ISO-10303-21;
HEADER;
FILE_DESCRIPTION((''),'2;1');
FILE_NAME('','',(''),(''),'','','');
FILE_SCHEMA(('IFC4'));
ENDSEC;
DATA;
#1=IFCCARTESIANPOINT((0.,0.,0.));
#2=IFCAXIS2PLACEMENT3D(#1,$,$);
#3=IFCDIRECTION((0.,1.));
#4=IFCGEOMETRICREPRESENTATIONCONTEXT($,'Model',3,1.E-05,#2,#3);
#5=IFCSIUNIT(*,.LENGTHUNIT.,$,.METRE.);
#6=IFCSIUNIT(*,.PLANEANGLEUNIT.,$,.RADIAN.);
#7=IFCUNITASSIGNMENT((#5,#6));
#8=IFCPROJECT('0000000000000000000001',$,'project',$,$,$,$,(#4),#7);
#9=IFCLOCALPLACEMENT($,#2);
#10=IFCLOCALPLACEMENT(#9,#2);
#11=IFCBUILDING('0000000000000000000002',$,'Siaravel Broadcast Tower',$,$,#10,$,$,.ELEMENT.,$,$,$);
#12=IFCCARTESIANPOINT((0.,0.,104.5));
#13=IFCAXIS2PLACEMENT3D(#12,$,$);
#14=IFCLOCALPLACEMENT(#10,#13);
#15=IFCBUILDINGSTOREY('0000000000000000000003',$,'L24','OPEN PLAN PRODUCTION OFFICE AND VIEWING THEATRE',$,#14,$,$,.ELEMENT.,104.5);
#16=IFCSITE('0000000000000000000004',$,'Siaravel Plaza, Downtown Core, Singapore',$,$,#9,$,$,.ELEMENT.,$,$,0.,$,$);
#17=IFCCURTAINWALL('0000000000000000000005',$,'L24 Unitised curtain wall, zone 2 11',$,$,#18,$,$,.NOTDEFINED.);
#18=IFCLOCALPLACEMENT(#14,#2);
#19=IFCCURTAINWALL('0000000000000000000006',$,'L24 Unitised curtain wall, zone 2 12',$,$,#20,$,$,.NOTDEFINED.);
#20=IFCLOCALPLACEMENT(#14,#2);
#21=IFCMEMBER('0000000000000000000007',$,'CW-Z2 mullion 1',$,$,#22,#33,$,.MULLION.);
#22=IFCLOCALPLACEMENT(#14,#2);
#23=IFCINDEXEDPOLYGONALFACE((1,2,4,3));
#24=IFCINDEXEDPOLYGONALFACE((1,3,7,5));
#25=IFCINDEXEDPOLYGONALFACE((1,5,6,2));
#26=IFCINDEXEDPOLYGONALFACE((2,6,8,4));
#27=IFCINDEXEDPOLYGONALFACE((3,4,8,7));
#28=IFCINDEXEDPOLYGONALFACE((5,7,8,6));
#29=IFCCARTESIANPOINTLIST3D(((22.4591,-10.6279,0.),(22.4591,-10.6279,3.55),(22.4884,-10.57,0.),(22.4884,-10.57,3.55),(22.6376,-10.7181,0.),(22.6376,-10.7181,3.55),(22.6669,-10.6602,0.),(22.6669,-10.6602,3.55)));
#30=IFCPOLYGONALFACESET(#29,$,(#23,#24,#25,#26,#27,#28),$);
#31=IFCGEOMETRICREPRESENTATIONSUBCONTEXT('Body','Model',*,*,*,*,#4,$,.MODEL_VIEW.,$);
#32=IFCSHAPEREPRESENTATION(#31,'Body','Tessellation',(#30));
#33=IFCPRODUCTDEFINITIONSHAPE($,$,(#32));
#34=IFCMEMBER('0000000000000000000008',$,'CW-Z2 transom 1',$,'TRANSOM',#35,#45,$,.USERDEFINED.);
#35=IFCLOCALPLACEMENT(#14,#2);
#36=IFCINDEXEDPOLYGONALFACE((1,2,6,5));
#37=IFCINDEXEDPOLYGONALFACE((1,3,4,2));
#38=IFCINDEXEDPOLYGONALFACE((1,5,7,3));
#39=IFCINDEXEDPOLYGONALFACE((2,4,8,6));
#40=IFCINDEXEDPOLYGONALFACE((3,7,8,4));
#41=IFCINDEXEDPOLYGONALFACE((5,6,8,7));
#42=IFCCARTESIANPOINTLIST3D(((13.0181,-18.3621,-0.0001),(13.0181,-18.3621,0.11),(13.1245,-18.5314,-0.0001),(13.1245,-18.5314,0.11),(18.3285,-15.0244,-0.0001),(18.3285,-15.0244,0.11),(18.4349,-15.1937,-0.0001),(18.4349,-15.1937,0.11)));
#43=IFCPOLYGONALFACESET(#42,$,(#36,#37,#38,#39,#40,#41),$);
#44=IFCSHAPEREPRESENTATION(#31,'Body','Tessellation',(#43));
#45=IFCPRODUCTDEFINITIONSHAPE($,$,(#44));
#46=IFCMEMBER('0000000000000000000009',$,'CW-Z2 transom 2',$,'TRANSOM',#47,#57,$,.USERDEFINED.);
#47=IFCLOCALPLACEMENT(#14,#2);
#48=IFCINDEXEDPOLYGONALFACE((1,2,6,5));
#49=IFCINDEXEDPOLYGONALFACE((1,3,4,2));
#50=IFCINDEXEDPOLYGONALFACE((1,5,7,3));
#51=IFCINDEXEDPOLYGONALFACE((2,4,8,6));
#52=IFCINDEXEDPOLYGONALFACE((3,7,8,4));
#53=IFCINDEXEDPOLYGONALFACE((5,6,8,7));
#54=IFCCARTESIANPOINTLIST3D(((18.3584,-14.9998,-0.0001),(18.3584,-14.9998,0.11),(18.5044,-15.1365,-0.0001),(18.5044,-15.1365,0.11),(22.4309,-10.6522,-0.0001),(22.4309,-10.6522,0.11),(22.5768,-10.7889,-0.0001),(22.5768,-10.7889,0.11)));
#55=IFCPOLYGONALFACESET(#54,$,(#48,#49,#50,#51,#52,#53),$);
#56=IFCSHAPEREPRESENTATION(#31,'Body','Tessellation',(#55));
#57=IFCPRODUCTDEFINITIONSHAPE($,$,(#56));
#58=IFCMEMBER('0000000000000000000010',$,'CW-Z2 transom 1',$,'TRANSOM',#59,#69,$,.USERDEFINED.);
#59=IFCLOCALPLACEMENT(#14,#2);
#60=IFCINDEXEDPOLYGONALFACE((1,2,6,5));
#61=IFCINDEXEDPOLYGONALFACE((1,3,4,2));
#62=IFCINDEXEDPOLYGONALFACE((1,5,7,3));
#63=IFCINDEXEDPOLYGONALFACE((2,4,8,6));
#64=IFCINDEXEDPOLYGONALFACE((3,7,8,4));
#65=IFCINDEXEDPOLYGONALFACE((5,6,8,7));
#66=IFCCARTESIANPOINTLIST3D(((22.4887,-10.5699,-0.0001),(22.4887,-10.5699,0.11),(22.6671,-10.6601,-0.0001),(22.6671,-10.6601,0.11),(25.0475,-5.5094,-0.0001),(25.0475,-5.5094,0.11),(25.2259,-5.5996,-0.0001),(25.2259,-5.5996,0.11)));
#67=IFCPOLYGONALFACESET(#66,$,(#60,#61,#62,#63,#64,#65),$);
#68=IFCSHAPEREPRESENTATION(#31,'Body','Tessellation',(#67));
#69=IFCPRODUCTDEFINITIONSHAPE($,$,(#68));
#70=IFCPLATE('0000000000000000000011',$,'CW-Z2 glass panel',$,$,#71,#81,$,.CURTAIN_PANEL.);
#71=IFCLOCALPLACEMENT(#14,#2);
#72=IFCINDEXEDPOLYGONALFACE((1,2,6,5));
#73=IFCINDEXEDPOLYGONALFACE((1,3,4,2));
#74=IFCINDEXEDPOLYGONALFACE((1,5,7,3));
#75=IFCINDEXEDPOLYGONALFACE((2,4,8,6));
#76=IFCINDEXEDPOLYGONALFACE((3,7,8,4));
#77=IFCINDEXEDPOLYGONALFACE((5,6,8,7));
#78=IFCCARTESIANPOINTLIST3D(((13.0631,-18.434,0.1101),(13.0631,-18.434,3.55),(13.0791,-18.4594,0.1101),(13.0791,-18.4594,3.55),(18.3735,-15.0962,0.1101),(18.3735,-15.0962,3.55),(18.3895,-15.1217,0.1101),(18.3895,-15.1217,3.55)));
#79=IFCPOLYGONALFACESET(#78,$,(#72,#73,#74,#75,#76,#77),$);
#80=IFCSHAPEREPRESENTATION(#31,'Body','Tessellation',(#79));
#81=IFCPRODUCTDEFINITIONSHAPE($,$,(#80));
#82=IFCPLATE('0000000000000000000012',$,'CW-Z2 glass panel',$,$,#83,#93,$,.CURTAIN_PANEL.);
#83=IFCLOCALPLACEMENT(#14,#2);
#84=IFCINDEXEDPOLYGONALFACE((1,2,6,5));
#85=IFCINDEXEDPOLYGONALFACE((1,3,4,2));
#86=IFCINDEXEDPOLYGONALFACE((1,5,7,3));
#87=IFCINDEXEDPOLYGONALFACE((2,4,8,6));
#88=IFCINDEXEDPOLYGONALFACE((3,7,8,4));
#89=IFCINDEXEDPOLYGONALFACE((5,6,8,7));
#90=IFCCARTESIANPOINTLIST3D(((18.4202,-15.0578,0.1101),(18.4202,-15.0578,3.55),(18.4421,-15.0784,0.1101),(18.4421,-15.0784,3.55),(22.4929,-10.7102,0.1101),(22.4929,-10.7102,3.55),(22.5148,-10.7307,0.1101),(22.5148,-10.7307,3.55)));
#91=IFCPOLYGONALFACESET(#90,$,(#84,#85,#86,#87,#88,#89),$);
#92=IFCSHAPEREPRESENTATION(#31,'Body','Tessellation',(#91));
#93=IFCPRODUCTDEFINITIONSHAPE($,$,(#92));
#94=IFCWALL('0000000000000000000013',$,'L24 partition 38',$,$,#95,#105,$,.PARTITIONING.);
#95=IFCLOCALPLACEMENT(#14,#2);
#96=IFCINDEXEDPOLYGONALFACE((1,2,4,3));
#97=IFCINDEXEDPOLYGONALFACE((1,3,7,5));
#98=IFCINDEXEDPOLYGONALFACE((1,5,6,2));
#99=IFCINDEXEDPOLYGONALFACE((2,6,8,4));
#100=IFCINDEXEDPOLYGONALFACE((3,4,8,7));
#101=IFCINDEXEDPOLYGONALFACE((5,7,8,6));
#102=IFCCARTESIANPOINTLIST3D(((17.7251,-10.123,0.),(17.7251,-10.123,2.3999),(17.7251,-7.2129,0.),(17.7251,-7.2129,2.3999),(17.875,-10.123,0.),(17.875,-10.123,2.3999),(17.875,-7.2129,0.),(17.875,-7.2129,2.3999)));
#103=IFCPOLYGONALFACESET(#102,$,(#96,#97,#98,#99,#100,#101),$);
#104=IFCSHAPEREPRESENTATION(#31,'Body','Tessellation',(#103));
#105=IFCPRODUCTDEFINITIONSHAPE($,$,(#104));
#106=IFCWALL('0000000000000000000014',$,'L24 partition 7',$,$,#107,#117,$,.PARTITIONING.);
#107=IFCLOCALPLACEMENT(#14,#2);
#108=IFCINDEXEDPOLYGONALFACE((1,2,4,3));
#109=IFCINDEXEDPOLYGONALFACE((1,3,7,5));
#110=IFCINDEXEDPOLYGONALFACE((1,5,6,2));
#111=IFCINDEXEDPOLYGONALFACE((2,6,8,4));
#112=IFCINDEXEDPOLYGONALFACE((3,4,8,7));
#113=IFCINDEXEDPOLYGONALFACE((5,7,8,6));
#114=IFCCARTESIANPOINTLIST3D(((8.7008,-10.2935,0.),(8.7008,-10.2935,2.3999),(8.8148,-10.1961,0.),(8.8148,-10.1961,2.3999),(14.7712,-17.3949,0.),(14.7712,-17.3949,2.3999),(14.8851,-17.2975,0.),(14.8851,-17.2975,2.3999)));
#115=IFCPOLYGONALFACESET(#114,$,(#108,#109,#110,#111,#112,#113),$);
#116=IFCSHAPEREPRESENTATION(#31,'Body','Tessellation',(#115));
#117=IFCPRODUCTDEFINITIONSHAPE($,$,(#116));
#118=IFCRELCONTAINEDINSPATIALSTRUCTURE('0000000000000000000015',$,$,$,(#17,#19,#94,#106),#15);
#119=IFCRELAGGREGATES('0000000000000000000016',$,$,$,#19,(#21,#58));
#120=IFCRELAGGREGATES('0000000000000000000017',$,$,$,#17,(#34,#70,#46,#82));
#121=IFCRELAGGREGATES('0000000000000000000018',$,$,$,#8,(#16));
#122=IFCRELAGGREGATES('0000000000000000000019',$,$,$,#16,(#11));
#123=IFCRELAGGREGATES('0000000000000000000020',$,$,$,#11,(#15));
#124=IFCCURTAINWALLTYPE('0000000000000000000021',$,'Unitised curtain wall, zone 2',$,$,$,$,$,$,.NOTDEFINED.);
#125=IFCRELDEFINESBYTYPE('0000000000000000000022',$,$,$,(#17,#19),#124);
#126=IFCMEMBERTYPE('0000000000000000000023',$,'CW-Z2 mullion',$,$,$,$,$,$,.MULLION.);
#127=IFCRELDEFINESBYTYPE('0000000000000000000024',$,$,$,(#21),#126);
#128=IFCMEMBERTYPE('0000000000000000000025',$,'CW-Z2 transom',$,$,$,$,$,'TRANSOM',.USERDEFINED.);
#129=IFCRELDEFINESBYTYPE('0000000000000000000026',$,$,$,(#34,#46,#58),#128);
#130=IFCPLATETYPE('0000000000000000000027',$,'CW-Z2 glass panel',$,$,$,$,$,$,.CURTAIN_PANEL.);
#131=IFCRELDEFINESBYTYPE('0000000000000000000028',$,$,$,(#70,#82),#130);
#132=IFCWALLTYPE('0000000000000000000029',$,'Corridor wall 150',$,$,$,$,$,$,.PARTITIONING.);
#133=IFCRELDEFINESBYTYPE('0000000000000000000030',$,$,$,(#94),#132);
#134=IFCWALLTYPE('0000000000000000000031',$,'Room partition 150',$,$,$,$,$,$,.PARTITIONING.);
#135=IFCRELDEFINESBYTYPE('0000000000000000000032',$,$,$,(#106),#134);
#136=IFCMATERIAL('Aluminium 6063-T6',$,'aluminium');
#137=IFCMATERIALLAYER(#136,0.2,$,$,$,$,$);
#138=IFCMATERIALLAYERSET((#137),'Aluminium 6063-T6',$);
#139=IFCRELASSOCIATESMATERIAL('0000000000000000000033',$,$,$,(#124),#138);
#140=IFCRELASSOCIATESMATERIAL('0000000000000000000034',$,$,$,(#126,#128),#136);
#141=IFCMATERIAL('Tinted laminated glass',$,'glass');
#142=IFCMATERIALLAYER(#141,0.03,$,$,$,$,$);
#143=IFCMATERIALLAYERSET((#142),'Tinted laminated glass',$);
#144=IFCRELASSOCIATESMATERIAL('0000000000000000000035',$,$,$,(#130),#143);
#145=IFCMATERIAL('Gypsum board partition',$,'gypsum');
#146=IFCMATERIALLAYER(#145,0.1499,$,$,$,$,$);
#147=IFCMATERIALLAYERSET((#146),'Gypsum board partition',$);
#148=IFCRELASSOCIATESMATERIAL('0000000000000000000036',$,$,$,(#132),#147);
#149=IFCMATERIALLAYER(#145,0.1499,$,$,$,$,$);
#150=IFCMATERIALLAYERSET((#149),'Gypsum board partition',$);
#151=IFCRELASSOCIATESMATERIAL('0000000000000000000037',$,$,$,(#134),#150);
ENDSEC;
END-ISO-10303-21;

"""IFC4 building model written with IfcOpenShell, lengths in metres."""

from ifc_helpers import new_model, si_unit, direction, frame, frame_2d, origin, origin_2d, place, context, subcontext, project, spatial, rectangle, extrude, material, layer, layer_set, material_profile, profile_set, type_object, element, aggregate, save


model = new_model("IFC4")

# Units and contexts
model_context = context("Model", 3, precision=1e-05, world=origin(), true_north=direction((0.0, 1.0)))
body_context = subcontext(model_context, "Body", "Model", "MODEL_VIEW")
ifc_project = project(units=[si_unit("LENGTHUNIT", "METRE"), si_unit("PLANEANGLEUNIT", "RADIAN")], contexts=[model_context])

# Site, building, storey
site_placement = place(None, origin())
site = spatial("IfcSite", under=ifc_project, at=site_placement, Name="Siaravel Plaza, Downtown Core, Singapore", CompositionType="ELEMENT", RefElevation=0.0)
building_placement = place(site_placement, origin())
building = spatial("IfcBuilding", under=site, at=building_placement, Name="Siaravel Broadcast Tower", CompositionType="ELEMENT")
storey_placement = place(building_placement, frame((0.0, 0.0, 104.5)))
storey = spatial("IfcBuildingStorey", under=building, at=storey_placement, Name="L24", Description="OPEN PLAN PRODUCTION OFFICE AND VIEWING THEATRE", CompositionType="ELEMENT", Elevation=104.5)

# Shared definitions
ifc_material_1 = material(Name="Aluminium 6063-T6", Category="aluminium")
ifc_layer_1 = layer(ifc_material_1, 0.2)
ifc_layer_set_1 = layer_set([ifc_layer_1], Name="Aluminium 6063-T6")
curtain_wall_type = type_object("IfcCurtainWallType", Name="Unitised curtain wall, zone 2", PredefinedType="NOTDEFINED", material=ifc_layer_set_1)
ifc_material_profile_1 = material_profile(ifc_material_1, rectangle(XDim=0.2, YDim=0.0649, at=origin_2d()))
ifc_profile_set_1 = profile_set([ifc_material_profile_1], Name="Aluminium 6063-T6")
member_type_1 = type_object("IfcMemberType", Name="CW-Z2 mullion", PredefinedType="MULLION", material=ifc_profile_set_1)

# Curtain wall
curtain_wall_1_placement = place(storey_placement, origin())
curtain_wall_1 = element("IfcCurtainWall", 1, at=curtain_wall_1_placement, inside=storey, type_object=curtain_wall_type, Name="L24 Unitised curtain wall, zone 2 11", PredefinedType="NOTDEFINED")

# Curtain wall, member
curtain_wall_2_placement = place(storey_placement, origin())
curtain_wall_2 = element("IfcCurtainWall", 2, at=curtain_wall_2_placement, inside=storey, type_object=curtain_wall_type, Name="L24 Unitised curtain wall, zone 2 12", PredefinedType="NOTDEFINED")
member_1_placement = place(storey_placement, frame((22.563, -10.644, 0.0), z_axis=(0.0, 0.0, 1.0), x_axis=(-0.892392, 0.451261, 0.0)))
member_1 = element("IfcMember", 3, at=member_1_placement, type_object=member_type_1, Name="CW-Z2 mullion 1", PredefinedType="MULLION", context=body_context, shape_type="SweptSolid", body=[
    extrude(rectangle(XDim=0.2, YDim=0.0649, at=origin_2d()), origin(), (0.0, 0.0, 1.0), 3.55),
])

# Members
ifc_material_profile_2 = material_profile(ifc_material_1, rectangle(XDim=0.2, YDim=0.1101, at=origin_2d()))
ifc_profile_set_2 = profile_set([ifc_material_profile_2], Name="Aluminium 6063-T6")
member_type_2 = type_object("IfcMemberType", Name="CW-Z2 transom", ElementType="TRANSOM", PredefinedType="USERDEFINED", material=ifc_profile_set_2)
member_2_placement = place(storey_placement, frame((13.0713, -18.4468, 0.0549), z_axis=(0.846655, 0.532142, 0.0), x_axis=(-0.532142, 0.846655, 0.0)))
member_2 = element("IfcMember", 4, at=member_2_placement, type_object=member_type_2, Name="CW-Z2 transom 1", ObjectType="TRANSOM", PredefinedType="USERDEFINED", context=body_context, shape_type="SweptSolid", body=[
    extrude(rectangle(XDim=0.2, YDim=0.1101, at=origin_2d()), origin(), (0.0, 0.0, 1.0), 6.2722),
])
member_3_placement = place(storey_placement, frame((18.4314, -15.0681, 0.0549), z_axis=(0.683636, 0.729823, 0.0), x_axis=(-0.729823, 0.683636, 0.0)))
member_3 = element("IfcMember", 5, at=member_3_placement, type_object=member_type_2, Name="CW-Z2 transom 2", ObjectType="TRANSOM", PredefinedType="USERDEFINED", context=body_context, shape_type="SweptSolid", body=[
    extrude(rectangle(XDim=0.2, YDim=0.1101, at=origin_2d()), origin(), (0.0, 0.0, 1.0), 5.957),
])
member_4_placement = place(storey_placement, frame((22.5779, -10.615, 0.0549), z_axis=(0.451239, 0.892403, 0.0), x_axis=(-0.892403, 0.451239, 0.0)))
member_4 = element("IfcMember", 6, at=member_4_placement, type_object=member_type_2, Name="CW-Z2 transom 1", ObjectType="TRANSOM", PredefinedType="USERDEFINED", context=body_context, shape_type="SweptSolid", body=[
    extrude(rectangle(XDim=0.2, YDim=0.1101, at=origin_2d()), origin(), (0.0, 0.0, 1.0), 5.6707),
])
aggregate(curtain_wall_2, [member_1, member_4])

# Plates
ifc_material_2 = material(Name="Tinted laminated glass", Category="glass")
ifc_layer_2 = layer(ifc_material_2, 0.03)
ifc_layer_set_2 = layer_set([ifc_layer_2], Name="Tinted laminated glass")
plate_type = type_object("IfcPlateType", Name="CW-Z2 glass panel", PredefinedType="CURTAIN_PANEL", material=ifc_layer_set_2)
plate_1_placement = place(storey_placement, frame((15.7263, -16.7778, 0.1101), z_axis=(0.0, 0.0, 1.0), x_axis=(0.846651, 0.532149, 0.0)))
plate_1 = element("IfcPlate", 7, at=plate_1_placement, type_object=plate_type, Name="CW-Z2 glass panel", PredefinedType="CURTAIN_PANEL", context=body_context, shape_type="SweptSolid", body=[
    extrude(rectangle(XDim=6.2722, YDim=0.03, at=origin_2d()), origin(), (0.0, 0.0, 1.0), 3.4399),
])
plate_2_placement = place(storey_placement, frame((20.4675, -12.8943, 0.1101), z_axis=(0.0, 0.0, 1.0), x_axis=(0.683656, 0.729805, 0.0)))
plate_2 = element("IfcPlate", 8, at=plate_2_placement, type_object=plate_type, Name="CW-Z2 glass panel", PredefinedType="CURTAIN_PANEL", context=body_context, shape_type="SweptSolid", body=[
    extrude(rectangle(XDim=5.9573, YDim=0.03, at=origin_2d()), origin(), (0.0, 0.0, 1.0), 3.4399),
])
aggregate(curtain_wall_1, [member_2, plate_1, member_3, plate_2])

# Walls
ifc_material_3 = material(Name="Gypsum board partition", Category="gypsum")
ifc_layer_3 = layer(ifc_material_3, 0.1499)
ifc_layer_set_3 = layer_set([ifc_layer_3], Name="Gypsum board partition")
wall_type_1 = type_object("IfcWallType", Name="Corridor wall 150", PredefinedType="PARTITIONING", material=ifc_layer_set_3)
wall_1_placement = place(storey_placement, frame((17.8, -10.123, 0.0), z_axis=(0.0, 0.0, 1.0), x_axis=(0.0, 1.0, 0.0)))
element("IfcWall", 9, at=wall_1_placement, inside=storey, type_object=wall_type_1, Name="L24 partition 38", PredefinedType="PARTITIONING", context=body_context, shape_type="SweptSolid", body=[
    extrude(rectangle(XDim=2.9102, YDim=0.1499, at=frame_2d((1.4551, 0.0))), origin(), (0.0, 0.0, 1.0), 2.3999),
])
ifc_layer_4 = layer(ifc_material_3, 0.1499)
ifc_layer_set_4 = layer_set([ifc_layer_4], Name="Gypsum board partition")
wall_type_2 = type_object("IfcWallType", Name="Room partition 150", PredefinedType="PARTITIONING", material=ifc_layer_set_4)
wall_2_placement = place(storey_placement, frame((14.8281, -17.3462, 0.0), z_axis=(0.0, 0.0, 1.0), x_axis=(-0.649771, 0.76013, 0.0)))
element("IfcWall", 10, at=wall_2_placement, inside=storey, type_object=wall_type_2, Name="L24 partition 7", PredefinedType="PARTITIONING", context=body_context, shape_type="SweptSolid", body=[
    extrude(rectangle(XDim=9.3423, YDim=0.1499, at=frame_2d((4.6711, 0.0))), origin(), (0.0, 0.0, 1.0), 2.3999),
])

save(model, "model.ifc")
